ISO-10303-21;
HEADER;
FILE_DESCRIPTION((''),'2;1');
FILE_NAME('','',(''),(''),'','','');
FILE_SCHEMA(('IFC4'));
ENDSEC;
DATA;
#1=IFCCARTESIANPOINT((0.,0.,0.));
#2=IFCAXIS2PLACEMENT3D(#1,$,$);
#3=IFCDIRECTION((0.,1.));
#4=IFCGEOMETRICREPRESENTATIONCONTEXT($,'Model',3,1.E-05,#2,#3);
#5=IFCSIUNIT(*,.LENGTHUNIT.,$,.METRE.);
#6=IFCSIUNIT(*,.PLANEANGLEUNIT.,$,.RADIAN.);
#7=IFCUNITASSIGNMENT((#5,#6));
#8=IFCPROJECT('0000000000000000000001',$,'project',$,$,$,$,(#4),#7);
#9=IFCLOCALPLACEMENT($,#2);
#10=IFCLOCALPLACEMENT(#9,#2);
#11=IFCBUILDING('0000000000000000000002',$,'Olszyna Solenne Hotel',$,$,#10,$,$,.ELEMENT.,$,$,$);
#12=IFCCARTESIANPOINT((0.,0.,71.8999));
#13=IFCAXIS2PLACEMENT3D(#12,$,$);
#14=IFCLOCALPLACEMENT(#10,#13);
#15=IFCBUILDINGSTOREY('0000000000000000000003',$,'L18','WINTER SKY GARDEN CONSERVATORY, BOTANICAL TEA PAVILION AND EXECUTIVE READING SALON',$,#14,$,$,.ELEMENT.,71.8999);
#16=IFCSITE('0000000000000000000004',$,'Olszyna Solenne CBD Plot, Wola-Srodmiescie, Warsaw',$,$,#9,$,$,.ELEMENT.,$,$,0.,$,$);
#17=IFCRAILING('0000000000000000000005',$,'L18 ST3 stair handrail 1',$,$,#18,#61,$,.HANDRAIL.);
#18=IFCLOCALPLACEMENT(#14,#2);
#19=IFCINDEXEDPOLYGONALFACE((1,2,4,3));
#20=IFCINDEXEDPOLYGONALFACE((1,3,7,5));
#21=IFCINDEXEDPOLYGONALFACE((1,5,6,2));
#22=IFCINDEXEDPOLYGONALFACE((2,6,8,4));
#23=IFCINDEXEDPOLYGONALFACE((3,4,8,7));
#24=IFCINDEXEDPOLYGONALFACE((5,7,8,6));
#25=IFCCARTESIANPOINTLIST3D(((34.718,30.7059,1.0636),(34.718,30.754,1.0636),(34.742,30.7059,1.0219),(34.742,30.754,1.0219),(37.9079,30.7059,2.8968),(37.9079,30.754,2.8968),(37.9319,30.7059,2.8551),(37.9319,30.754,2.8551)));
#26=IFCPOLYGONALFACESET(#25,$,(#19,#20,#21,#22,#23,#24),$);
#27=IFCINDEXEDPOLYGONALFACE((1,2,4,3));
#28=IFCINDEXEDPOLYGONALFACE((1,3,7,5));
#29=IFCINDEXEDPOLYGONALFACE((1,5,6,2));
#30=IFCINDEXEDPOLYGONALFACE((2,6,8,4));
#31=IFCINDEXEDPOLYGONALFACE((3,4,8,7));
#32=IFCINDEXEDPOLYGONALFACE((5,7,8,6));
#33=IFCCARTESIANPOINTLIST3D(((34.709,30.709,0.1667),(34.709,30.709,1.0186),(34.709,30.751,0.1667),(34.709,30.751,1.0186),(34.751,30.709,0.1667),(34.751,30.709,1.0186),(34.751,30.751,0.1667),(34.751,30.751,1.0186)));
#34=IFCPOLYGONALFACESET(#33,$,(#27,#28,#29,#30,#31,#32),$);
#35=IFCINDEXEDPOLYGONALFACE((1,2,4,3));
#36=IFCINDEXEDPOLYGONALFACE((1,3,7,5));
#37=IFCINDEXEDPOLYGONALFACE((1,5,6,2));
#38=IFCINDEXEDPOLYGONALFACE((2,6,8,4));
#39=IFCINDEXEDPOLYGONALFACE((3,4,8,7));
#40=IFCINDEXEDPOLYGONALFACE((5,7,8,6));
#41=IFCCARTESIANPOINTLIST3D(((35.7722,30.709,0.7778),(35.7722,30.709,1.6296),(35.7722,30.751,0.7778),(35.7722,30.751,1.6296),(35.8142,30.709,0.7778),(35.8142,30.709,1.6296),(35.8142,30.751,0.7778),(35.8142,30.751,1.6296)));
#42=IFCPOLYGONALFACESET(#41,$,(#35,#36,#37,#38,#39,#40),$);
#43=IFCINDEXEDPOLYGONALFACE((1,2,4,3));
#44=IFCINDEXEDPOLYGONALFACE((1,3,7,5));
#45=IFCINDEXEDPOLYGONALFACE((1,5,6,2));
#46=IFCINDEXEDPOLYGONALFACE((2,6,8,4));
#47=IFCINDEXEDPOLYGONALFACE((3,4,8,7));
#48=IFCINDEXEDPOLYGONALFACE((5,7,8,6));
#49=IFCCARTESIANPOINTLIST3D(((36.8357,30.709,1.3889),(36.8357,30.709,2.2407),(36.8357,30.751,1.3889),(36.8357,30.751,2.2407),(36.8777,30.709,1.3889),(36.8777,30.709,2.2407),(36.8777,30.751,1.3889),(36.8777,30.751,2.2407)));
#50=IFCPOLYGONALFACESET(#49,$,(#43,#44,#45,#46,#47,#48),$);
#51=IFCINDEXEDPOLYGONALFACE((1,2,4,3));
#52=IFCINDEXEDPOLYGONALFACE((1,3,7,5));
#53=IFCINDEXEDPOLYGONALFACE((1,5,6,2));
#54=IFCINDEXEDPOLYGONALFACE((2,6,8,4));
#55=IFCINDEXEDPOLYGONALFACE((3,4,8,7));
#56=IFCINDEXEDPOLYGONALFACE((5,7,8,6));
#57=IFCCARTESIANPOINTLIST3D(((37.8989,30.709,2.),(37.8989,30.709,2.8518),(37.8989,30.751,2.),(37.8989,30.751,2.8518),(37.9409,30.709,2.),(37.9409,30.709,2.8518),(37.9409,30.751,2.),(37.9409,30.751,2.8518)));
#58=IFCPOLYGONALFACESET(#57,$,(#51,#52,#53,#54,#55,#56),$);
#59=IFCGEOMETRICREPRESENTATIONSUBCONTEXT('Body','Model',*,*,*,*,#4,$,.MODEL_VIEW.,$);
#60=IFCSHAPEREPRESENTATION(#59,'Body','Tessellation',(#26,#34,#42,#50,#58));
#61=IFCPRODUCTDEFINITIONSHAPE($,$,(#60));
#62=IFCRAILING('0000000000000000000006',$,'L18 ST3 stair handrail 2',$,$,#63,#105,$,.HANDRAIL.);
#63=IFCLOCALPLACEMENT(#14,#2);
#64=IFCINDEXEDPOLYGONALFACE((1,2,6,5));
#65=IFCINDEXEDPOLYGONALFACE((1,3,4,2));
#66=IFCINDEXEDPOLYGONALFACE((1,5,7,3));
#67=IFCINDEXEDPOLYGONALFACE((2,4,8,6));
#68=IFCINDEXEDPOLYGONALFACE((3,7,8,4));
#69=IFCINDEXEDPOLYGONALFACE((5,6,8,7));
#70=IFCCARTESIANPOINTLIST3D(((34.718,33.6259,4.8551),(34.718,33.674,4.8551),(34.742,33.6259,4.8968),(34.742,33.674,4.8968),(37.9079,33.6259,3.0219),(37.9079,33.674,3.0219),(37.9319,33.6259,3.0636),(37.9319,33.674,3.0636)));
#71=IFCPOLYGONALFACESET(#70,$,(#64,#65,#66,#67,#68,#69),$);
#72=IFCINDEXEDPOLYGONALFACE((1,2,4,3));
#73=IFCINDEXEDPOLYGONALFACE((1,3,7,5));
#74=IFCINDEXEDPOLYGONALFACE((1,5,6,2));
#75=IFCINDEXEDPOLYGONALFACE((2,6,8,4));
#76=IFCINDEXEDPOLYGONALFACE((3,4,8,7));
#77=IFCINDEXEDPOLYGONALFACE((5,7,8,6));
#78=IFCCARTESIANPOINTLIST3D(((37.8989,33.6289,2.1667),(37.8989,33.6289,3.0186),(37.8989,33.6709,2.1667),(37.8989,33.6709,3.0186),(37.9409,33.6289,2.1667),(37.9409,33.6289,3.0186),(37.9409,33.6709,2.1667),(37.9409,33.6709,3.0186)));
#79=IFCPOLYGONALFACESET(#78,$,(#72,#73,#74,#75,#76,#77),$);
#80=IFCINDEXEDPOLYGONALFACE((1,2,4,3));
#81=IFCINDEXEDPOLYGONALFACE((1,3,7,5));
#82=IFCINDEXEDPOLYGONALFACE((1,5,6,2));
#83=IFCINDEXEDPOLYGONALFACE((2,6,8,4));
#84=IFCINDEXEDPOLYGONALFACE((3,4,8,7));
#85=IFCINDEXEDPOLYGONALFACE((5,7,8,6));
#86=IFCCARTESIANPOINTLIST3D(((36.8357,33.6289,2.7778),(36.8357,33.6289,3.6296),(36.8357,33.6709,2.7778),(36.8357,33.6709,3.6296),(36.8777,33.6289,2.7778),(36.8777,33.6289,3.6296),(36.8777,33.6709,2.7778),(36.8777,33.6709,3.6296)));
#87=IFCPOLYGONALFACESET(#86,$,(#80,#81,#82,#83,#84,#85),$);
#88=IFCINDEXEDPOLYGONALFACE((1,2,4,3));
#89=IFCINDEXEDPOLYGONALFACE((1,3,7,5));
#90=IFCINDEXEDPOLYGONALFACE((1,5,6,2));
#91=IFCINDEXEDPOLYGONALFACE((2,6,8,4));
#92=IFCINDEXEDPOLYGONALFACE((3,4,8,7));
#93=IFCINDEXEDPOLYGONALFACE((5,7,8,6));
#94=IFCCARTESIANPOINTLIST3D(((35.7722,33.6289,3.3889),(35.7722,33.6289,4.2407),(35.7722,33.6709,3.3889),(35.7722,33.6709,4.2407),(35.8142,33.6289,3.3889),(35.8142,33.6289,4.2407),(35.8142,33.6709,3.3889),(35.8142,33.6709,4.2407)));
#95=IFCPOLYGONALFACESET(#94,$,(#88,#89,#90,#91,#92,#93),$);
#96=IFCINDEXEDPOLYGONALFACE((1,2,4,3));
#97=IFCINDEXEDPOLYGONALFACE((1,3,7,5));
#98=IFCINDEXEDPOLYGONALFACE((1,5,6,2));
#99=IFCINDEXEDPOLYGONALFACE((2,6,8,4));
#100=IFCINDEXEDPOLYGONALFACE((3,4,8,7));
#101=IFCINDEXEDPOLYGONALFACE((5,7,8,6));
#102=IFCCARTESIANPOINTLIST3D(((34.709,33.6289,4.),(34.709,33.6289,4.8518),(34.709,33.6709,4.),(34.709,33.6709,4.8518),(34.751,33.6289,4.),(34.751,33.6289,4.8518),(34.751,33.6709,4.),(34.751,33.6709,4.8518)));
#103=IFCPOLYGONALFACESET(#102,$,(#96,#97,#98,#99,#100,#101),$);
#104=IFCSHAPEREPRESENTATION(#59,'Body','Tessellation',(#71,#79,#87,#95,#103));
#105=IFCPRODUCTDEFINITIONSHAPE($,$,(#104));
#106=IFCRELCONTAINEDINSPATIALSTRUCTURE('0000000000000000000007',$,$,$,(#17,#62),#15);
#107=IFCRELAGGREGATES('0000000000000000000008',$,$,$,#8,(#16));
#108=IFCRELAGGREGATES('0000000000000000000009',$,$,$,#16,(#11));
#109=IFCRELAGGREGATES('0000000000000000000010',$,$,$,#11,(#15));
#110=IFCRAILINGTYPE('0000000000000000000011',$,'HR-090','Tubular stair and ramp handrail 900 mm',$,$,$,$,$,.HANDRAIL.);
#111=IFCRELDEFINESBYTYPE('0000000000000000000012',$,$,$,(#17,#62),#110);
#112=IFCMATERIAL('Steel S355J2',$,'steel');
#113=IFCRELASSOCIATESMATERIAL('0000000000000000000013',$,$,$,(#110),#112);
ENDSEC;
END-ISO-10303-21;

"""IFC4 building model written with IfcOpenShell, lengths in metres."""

from ifc_helpers import new_model, si_unit, direction, frame, origin, origin_2d, place, context, subcontext, project, spatial, rectangle, extrude, material, type_object, element, save


model = new_model("IFC4")

# Units and contexts
model_context = context("Model", 3, precision=1e-05, world=origin(), true_north=direction((0.0, 1.0)))
body_context = subcontext(model_context, "Body", "Model", "MODEL_VIEW")
ifc_project = project(units=[si_unit("LENGTHUNIT", "METRE"), si_unit("PLANEANGLEUNIT", "RADIAN")], contexts=[model_context])

# Site, building, storey
site_placement = place(None, origin())
site = spatial("IfcSite", under=ifc_project, at=site_placement, Name="Olszyna Solenne CBD Plot, Wola-Srodmiescie, Warsaw", CompositionType="ELEMENT", RefElevation=0.0)
building_placement = place(site_placement, origin())
building = spatial("IfcBuilding", under=site, at=building_placement, Name="Olszyna Solenne Hotel", CompositionType="ELEMENT")
storey_placement = place(building_placement, frame((0.0, 0.0, 71.8999)))
storey = spatial("IfcBuildingStorey", under=building, at=storey_placement, Name="L18", Description="WINTER SKY GARDEN CONSERVATORY, BOTANICAL TEA PAVILION AND EXECUTIVE READING SALON", CompositionType="ELEMENT", Elevation=71.8999)

# Shared definitions
ifc_material_1 = material(Name="Steel S355J2", Category="steel")

# Railings
railing_type_1 = type_object("IfcRailingType", Name="HR-090", Description="Tubular stair and ramp handrail 900 mm", PredefinedType="HANDRAIL", material=ifc_material_1)
railing_1_placement = place(storey_placement, frame((34.73, 30.73, 0.1667)))
element("IfcRailing", 1, at=railing_1_placement, inside=storey, type_object=railing_type_1, Name="L18 ST3 stair handrail 1", PredefinedType="HANDRAIL", context=body_context, shape_type="SweptSolid", body=[
    extrude(rectangle(XDim=0.0481, YDim=0.0481, at=origin_2d()), frame((0.0, 0.0, 0.876), z_axis=(0.86702, 0.0, 0.498274), x_axis=(0.0, 1.0, 0.0)), (0.0, 0.0, 1.0), 3.6792),
    extrude(rectangle(XDim=0.042, YDim=0.042, at=origin_2d()), origin(), (0.0, 0.0, 1.0), 0.8518),
    extrude(rectangle(XDim=0.042, YDim=0.042, at=origin_2d()), frame((1.0632, 0.0, 0.6111)), (0.0, 0.0, 1.0), 0.8518),
    extrude(rectangle(XDim=0.042, YDim=0.042, at=origin_2d()), frame((2.1267, 0.0, 1.2222)), (0.0, 0.0, 1.0), 0.8518),
    extrude(rectangle(XDim=0.042, YDim=0.042, at=origin_2d()), frame((3.1899, 0.0, 1.8333)), (0.0, 0.0, 1.0), 0.8518),
])
railing_2_placement = place(storey_placement, frame((37.9199, 33.6499, 2.1667)))
element("IfcRailing", 2, at=railing_2_placement, inside=storey, type_object=railing_type_1, Name="L18 ST3 stair handrail 2", PredefinedType="HANDRAIL", context=body_context, shape_type="SweptSolid", body=[
    extrude(rectangle(XDim=0.0481, YDim=0.0481, at=origin_2d()), frame((0.0, 0.0, 0.876), z_axis=(-0.86702, 0.0, 0.498274), x_axis=(0.0, -1.0, 0.0)), (0.0, 0.0, 1.0), 3.6792),
    extrude(rectangle(XDim=0.042, YDim=0.042, at=origin_2d()), origin(), (0.0, 0.0, 1.0), 0.8518),
    extrude(rectangle(XDim=0.042, YDim=0.042, at=origin_2d()), frame((-1.0632, 0.0, 0.6111)), (0.0, 0.0, 1.0), 0.8518),
    extrude(rectangle(XDim=0.042, YDim=0.042, at=origin_2d()), frame((-2.1267, 0.0, 1.2222)), (0.0, 0.0, 1.0), 0.8518),
    extrude(rectangle(XDim=0.042, YDim=0.042, at=origin_2d()), frame((-3.1899, 0.0, 1.8333)), (0.0, 0.0, 1.0), 0.8518),
])

save(model, "model.ifc")
